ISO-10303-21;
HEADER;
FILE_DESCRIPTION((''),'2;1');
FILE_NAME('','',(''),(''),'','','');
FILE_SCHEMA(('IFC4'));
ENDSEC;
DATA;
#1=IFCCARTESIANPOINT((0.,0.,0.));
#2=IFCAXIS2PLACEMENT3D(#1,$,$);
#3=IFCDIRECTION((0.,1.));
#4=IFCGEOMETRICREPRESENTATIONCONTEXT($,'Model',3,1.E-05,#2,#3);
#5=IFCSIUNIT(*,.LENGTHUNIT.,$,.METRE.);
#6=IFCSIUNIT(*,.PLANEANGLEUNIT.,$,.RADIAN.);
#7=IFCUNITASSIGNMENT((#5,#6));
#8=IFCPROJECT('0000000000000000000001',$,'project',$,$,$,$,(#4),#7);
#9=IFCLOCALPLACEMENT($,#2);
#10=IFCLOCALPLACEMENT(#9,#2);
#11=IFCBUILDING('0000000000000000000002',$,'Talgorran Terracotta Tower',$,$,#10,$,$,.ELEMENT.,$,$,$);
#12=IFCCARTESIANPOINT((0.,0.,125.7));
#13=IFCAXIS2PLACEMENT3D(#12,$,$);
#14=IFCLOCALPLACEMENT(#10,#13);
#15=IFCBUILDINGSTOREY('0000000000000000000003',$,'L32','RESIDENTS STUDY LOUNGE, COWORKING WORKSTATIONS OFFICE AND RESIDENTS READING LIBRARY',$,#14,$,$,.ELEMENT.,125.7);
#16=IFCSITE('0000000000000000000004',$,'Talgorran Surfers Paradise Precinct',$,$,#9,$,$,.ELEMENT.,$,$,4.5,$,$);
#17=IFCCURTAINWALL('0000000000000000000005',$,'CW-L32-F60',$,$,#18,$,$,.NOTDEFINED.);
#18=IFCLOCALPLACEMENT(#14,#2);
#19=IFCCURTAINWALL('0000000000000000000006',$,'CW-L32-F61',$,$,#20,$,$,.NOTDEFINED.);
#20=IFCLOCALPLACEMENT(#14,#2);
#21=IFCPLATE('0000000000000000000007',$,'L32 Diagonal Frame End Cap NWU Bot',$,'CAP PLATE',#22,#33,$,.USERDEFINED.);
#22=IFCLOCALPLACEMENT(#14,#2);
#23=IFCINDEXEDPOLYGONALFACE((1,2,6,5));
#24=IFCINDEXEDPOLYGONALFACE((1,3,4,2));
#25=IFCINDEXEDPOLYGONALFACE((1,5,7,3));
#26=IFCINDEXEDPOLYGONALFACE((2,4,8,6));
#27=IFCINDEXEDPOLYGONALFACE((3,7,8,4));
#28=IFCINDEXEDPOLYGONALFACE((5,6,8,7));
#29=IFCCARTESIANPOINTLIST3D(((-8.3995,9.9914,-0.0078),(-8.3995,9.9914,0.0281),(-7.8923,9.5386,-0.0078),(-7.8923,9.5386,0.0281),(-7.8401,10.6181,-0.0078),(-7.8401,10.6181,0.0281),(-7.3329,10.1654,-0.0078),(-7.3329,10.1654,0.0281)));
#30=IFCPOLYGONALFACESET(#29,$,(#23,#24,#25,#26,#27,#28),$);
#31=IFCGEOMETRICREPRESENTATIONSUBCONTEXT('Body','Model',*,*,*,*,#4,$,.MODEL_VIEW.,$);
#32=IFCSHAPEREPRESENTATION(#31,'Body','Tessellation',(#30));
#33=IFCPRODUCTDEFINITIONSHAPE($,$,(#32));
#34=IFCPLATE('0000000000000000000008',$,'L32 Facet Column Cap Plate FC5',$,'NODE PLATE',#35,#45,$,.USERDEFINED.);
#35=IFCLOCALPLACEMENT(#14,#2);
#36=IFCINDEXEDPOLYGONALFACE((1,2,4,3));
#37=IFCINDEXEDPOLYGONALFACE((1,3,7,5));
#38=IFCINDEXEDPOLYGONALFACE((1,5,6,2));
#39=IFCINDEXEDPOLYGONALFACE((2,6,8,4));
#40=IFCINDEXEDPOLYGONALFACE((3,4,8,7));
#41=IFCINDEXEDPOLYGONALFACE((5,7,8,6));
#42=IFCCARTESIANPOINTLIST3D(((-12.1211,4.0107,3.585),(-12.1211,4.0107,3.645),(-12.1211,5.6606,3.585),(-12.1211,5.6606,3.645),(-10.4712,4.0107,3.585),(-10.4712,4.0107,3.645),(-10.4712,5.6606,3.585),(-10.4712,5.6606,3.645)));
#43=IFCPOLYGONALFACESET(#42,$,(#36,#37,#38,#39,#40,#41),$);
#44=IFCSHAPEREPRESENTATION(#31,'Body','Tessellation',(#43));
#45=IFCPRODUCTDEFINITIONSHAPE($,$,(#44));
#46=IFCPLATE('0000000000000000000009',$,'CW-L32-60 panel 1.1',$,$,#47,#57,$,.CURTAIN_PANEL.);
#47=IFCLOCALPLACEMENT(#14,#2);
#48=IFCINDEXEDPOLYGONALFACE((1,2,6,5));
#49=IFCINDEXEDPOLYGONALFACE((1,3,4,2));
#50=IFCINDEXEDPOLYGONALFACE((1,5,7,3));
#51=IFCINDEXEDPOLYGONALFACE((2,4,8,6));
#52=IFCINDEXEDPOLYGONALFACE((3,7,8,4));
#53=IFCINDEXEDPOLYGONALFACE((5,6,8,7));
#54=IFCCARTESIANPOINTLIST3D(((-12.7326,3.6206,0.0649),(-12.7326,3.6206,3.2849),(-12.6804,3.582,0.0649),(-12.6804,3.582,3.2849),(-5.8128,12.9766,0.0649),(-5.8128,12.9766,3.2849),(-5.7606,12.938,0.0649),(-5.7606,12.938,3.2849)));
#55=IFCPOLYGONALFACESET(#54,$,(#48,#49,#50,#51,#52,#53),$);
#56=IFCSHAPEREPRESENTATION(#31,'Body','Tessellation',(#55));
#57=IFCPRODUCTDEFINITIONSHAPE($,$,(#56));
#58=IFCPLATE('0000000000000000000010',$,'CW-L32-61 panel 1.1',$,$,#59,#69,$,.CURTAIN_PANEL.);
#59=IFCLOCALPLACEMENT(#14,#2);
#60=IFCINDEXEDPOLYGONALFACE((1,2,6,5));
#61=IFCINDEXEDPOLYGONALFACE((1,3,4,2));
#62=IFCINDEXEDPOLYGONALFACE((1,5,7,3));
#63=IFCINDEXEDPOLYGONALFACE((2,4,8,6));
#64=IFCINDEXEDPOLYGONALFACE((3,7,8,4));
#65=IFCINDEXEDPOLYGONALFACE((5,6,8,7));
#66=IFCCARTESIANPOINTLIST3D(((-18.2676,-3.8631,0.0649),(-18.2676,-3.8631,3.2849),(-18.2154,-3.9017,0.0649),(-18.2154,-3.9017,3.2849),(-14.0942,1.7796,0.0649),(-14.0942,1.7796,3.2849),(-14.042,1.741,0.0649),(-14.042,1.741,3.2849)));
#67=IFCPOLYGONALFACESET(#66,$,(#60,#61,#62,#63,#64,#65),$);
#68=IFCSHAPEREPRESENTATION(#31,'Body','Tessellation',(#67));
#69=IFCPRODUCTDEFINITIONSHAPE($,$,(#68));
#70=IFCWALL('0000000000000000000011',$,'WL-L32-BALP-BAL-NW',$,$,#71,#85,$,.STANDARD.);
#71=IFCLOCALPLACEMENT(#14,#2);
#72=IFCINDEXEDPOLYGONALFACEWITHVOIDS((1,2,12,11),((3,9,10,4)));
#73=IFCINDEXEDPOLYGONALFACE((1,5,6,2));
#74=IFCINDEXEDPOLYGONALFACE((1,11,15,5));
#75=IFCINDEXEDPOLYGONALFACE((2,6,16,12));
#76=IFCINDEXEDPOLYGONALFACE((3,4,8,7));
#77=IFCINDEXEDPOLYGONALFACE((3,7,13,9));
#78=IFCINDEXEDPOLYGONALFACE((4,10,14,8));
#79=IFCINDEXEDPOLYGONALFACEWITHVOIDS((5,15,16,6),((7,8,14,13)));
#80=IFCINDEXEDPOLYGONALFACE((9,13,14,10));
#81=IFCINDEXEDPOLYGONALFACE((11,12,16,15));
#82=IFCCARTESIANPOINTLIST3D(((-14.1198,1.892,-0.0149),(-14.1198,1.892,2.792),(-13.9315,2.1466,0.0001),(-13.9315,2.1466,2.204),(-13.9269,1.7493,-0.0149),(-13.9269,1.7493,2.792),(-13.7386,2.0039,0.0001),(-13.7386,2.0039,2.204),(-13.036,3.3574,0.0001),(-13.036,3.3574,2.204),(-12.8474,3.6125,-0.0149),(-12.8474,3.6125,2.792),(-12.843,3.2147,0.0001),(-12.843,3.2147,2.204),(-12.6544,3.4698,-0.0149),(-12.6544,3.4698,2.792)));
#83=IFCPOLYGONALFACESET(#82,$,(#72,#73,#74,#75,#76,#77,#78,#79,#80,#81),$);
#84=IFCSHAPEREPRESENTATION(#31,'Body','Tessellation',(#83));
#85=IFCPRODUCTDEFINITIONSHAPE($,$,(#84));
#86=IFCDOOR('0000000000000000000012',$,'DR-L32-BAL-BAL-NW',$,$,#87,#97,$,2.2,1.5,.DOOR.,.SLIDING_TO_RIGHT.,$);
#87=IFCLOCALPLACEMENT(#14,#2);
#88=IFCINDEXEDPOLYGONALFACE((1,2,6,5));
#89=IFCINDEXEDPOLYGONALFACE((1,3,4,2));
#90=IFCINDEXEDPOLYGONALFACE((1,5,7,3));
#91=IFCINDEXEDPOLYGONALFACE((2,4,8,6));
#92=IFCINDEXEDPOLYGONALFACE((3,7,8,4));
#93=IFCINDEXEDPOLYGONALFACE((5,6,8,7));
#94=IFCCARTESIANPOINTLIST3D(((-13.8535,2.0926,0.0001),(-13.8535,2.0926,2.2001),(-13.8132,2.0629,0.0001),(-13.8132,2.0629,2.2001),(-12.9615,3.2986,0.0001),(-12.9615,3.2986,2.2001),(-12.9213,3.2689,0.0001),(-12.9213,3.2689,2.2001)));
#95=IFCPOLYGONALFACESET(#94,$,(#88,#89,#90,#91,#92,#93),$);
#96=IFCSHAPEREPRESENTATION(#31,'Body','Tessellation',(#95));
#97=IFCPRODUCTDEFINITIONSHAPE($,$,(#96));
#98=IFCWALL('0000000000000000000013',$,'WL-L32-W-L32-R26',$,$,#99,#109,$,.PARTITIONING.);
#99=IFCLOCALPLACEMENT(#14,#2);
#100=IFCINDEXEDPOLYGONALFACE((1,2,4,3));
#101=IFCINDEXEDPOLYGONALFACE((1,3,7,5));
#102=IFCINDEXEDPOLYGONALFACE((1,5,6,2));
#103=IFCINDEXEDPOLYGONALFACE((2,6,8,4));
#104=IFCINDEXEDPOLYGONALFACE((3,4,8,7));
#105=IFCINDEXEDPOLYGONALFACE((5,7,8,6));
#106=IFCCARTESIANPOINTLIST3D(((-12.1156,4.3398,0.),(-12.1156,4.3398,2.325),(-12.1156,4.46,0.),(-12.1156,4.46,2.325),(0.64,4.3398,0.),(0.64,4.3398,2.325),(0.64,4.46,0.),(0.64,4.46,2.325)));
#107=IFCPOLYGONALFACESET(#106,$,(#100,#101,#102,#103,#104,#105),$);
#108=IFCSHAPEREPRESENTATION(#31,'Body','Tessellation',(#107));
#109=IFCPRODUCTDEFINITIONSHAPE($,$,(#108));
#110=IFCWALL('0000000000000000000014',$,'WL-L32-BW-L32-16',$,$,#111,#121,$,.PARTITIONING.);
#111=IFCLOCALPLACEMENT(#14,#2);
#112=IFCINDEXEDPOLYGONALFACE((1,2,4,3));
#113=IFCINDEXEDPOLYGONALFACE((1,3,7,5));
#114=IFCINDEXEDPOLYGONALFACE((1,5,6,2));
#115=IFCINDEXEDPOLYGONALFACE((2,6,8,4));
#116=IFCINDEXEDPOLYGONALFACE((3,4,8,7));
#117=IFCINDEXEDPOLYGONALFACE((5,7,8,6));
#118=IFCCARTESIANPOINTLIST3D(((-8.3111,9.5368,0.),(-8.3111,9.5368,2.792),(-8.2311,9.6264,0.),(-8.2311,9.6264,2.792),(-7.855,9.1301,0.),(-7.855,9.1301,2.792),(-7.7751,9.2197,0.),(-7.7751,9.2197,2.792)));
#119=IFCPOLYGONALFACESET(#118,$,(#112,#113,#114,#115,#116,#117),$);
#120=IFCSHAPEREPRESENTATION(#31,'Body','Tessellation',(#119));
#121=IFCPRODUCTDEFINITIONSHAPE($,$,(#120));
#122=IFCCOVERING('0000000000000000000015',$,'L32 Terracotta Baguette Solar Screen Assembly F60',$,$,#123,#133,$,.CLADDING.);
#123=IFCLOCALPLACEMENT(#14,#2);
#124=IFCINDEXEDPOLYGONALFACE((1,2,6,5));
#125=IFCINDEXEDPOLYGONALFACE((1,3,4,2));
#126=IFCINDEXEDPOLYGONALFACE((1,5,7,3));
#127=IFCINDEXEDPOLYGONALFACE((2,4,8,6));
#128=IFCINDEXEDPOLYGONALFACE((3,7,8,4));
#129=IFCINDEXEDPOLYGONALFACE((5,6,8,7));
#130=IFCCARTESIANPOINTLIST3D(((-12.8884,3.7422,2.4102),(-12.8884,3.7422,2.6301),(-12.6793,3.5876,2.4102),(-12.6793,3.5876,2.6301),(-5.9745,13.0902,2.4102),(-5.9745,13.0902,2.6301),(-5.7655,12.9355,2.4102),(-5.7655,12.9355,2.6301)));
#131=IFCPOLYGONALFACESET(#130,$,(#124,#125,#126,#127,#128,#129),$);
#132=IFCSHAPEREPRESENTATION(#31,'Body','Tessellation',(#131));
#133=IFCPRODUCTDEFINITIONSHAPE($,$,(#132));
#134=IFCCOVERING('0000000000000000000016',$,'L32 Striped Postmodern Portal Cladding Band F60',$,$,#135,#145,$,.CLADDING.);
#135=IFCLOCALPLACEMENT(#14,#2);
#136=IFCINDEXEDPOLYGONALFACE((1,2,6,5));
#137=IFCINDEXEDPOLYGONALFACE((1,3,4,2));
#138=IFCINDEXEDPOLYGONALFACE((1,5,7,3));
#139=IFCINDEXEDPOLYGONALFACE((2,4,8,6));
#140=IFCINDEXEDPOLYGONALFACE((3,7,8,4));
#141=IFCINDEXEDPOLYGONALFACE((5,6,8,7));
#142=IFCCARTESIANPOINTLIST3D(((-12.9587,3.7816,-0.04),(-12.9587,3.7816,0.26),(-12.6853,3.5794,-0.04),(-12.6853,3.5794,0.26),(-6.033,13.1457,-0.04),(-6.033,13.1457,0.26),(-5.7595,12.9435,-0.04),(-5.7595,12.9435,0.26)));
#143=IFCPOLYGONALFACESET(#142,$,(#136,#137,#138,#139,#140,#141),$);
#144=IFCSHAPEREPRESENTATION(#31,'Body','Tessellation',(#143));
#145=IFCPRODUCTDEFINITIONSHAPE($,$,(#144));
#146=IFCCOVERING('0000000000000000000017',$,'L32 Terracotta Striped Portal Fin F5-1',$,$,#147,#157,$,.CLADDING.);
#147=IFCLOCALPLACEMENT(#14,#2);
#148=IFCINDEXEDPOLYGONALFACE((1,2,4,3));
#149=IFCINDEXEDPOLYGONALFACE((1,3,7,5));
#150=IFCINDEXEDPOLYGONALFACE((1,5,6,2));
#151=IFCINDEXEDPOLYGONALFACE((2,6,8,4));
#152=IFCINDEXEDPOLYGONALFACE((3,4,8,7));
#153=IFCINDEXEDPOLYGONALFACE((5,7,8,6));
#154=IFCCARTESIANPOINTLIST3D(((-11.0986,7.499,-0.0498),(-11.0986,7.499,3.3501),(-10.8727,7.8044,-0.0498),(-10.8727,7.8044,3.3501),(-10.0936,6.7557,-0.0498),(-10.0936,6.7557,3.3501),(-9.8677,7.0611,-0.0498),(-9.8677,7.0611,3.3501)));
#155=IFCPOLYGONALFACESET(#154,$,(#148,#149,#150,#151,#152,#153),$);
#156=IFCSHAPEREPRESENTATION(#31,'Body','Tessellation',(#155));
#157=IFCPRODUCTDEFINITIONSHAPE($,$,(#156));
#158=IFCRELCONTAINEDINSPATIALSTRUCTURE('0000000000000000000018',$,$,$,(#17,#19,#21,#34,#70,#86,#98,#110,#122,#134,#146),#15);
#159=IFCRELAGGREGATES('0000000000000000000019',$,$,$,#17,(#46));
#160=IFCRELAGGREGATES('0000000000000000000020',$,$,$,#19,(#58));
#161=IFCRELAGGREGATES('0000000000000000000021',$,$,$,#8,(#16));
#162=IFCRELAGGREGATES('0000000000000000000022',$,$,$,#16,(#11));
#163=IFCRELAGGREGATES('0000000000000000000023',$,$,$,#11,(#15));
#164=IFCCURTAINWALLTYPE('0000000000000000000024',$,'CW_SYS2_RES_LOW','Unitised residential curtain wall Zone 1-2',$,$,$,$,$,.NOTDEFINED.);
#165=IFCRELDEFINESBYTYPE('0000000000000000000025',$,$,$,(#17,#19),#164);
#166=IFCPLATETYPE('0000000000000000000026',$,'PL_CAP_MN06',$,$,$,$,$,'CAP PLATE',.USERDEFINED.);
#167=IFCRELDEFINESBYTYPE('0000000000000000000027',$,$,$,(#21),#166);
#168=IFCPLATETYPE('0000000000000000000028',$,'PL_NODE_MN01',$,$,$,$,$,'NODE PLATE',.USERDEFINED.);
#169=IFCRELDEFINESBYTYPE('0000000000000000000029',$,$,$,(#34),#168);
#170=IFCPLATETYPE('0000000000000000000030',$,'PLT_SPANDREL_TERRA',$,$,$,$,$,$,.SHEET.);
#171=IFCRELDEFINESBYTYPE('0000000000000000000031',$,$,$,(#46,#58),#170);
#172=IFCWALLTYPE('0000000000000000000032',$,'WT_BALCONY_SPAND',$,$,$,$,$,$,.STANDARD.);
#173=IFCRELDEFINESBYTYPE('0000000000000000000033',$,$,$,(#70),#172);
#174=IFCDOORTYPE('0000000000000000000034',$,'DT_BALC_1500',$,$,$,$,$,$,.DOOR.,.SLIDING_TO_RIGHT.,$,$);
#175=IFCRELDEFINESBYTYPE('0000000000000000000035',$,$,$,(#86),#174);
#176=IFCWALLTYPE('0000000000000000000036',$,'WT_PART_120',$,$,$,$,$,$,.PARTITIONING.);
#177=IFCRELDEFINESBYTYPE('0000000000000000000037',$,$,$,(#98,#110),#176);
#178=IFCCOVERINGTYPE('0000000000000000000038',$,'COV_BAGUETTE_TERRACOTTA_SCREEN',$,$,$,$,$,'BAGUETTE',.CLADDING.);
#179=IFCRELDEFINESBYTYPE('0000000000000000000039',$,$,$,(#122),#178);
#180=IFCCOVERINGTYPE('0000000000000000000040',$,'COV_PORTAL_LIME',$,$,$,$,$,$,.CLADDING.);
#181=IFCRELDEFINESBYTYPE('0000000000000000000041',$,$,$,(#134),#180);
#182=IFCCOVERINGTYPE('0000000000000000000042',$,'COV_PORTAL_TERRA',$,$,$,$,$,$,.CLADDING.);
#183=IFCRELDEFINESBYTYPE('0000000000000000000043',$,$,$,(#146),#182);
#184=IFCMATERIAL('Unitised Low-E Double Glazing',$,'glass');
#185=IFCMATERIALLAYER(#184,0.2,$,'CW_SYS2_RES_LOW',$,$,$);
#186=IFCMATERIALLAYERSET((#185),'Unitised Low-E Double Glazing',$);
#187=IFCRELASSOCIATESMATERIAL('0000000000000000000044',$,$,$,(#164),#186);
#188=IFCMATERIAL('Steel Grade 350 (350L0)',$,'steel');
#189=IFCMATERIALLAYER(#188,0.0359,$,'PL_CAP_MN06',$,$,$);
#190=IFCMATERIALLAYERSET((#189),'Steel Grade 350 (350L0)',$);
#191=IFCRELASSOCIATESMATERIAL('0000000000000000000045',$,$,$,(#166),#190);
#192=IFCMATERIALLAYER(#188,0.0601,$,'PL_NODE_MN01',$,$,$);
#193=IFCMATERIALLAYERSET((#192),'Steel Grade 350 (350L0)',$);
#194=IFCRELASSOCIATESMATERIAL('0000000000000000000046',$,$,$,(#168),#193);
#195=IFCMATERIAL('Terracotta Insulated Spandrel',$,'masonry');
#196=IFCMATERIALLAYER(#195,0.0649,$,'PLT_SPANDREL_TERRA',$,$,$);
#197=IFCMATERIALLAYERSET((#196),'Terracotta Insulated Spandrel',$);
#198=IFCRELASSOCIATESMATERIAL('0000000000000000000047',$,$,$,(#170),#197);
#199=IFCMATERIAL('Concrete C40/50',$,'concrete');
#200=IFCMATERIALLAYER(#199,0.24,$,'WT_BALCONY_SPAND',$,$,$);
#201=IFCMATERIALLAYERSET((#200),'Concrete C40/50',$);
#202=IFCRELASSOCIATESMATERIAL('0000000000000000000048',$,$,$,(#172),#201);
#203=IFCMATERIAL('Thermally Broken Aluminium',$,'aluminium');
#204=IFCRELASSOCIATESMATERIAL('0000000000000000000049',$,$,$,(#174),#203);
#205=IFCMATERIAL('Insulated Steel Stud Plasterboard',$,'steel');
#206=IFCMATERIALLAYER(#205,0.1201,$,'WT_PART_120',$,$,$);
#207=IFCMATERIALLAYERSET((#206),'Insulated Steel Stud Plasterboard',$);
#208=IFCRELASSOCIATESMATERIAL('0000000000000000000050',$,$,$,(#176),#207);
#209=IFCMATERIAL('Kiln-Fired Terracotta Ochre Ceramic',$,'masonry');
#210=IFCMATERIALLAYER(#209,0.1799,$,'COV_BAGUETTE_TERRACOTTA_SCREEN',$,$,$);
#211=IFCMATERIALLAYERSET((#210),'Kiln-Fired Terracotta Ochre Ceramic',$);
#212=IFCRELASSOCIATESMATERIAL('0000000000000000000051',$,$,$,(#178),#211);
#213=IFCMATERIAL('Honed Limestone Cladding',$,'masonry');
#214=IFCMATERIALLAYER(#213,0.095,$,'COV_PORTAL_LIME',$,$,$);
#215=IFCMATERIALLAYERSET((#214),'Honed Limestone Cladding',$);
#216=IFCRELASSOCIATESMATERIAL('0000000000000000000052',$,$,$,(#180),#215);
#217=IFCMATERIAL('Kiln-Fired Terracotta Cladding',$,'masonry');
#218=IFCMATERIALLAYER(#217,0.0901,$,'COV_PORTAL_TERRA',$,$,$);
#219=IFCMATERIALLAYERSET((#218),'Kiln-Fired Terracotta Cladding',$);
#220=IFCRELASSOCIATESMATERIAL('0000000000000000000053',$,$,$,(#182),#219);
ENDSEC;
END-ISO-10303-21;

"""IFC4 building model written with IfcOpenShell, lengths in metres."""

from ifc_helpers import new_model, si_unit, direction, frame, frame_2d, origin, origin_2d, place, context, subcontext, project, spatial, rectangle, extrude, source, transform, mapped, material, layer, layer_set, type_object, type_shapes, element, fill, aggregate, save


model = new_model("IFC4")

# Units and contexts
model_context = context("Model", 3, precision=1e-05, world=origin(), true_north=direction((0.0, 1.0)))
body_context = subcontext(model_context, "Body", "Model", "MODEL_VIEW")
ifc_project = project(units=[si_unit("LENGTHUNIT", "METRE"), si_unit("PLANEANGLEUNIT", "RADIAN")], contexts=[model_context])

# Site, building, storey
site_placement = place(None, origin())
site = spatial("IfcSite", under=ifc_project, at=site_placement, Name="Talgorran Surfers Paradise Precinct", CompositionType="ELEMENT", RefElevation=4.5)
building_placement = place(site_placement, origin())
building = spatial("IfcBuilding", under=site, at=building_placement, Name="Talgorran Terracotta Tower", CompositionType="ELEMENT")
storey_placement = place(building_placement, frame((0.0, 0.0, 125.7)))
storey = spatial("IfcBuildingStorey", under=building, at=storey_placement, Name="L32", Description="RESIDENTS STUDY LOUNGE, COWORKING WORKSTATIONS OFFICE AND RESIDENTS READING LIBRARY", CompositionType="ELEMENT", Elevation=125.7)

# Shared definitions
ifc_material_1 = material(Name="Steel Grade 350 (350L0)", Category="steel")

# Curtain wall
ifc_material_2 = material(Name="Unitised Low-E Double Glazing", Category="glass")
ifc_layer_1 = layer(ifc_material_2, 0.2, Name="CW_SYS2_RES_LOW")
ifc_layer_set_1 = layer_set([ifc_layer_1], Name="Unitised Low-E Double Glazing")
curtain_wall_type = type_object("IfcCurtainWallType", Name="CW_SYS2_RES_LOW", Description="Unitised residential curtain wall Zone 1-2", PredefinedType="NOTDEFINED", material=ifc_layer_set_1)
curtain_wall_1_placement = place(storey_placement, origin())
curtain_wall_1 = element("IfcCurtainWall", 1, at=curtain_wall_1_placement, inside=storey, type_object=curtain_wall_type, Name="CW-L32-F60", PredefinedType="NOTDEFINED")

# Curtain wall
curtain_wall_2_placement = place(storey_placement, origin())
curtain_wall_2 = element("IfcCurtainWall", 2, at=curtain_wall_2_placement, inside=storey, type_object=curtain_wall_type, Name="CW-L32-F61", PredefinedType="NOTDEFINED")

# Plates
ifc_layer_2 = layer(ifc_material_1, 0.0359, Name="PL_CAP_MN06")
ifc_layer_set_2 = layer_set([ifc_layer_2], Name="Steel Grade 350 (350L0)")
plate_type_1 = type_object("IfcPlateType", Name="PL_CAP_MN06", ElementType="CAP PLATE", PredefinedType="USERDEFINED", material=ifc_layer_set_2)
plate_1_placement = place(storey_placement, frame((-7.8662, 10.0784, -0.0078), z_axis=(0.0, 0.0, 1.0), x_axis=(0.665882, 0.746057, 0.0)))
element("IfcPlate", 3, at=plate_1_placement, inside=storey, type_object=plate_type_1, Name="L32 Diagonal Frame End Cap NWU Bot", ObjectType="CAP PLATE", PredefinedType="USERDEFINED", context=body_context, shape_type="SweptSolid", body=[
    extrude(rectangle(XDim=0.8401, YDim=0.6799, at=origin_2d()), origin(), (0.0, 0.0, 1.0), 0.0359),
])
ifc_layer_3 = layer(ifc_material_1, 0.0601, Name="PL_NODE_MN01")
ifc_layer_set_3 = layer_set([ifc_layer_3], Name="Steel Grade 350 (350L0)")
plate_type_2 = type_object("IfcPlateType", Name="PL_NODE_MN01", ElementType="NODE PLATE", PredefinedType="USERDEFINED", material=ifc_layer_set_3)
plate_2_placement = place(storey_placement, frame((-11.2961, 4.8357, 3.585), z_axis=(0.0, 0.0, 1.0), x_axis=(1.0, 0.0, 0.0)))
element("IfcPlate", 4, at=plate_2_placement, inside=storey, type_object=plate_type_2, Name="L32 Facet Column Cap Plate FC5", ObjectType="NODE PLATE", PredefinedType="USERDEFINED", context=body_context, shape_type="SweptSolid", body=[
    extrude(rectangle(XDim=1.6499, YDim=1.6499, at=origin_2d()), origin(), (0.0, 0.0, 1.0), 0.0601),
])

# Plates
ifc_material_3 = material(Name="Terracotta Insulated Spandrel", Category="masonry")
ifc_layer_4 = layer(ifc_material_3, 0.0649, Name="PLT_SPANDREL_TERRA")
ifc_layer_set_4 = layer_set([ifc_layer_4], Name="Terracotta Insulated Spandrel")
plate_type_3 = type_object("IfcPlateType", Name="PLT_SPANDREL_TERRA", PredefinedType="SHEET", material=ifc_layer_set_4)
shared_shape_1 = source(origin(), body_context, "Body", "SweptSolid", [
    extrude(rectangle(XDim=11.637, YDim=0.0649, at=origin_2d()), origin(), (0.0, 0.0, 1.0), 3.22),
])
plate_3_placement = place(storey_placement, frame((-9.2466, 8.2793, 0.0649), z_axis=(0.0, 0.0, 1.0), x_axis=(-0.594637, -0.803994, 0.0)))
plate_3 = element("IfcPlate", 5, at=plate_3_placement, type_object=plate_type_3, Name="CW-L32-60 panel 1.1", PredefinedType="CURTAIN_PANEL", context=body_context, shape_type="MappedRepresentation", body=[
    mapped(shared_shape_1, transform((0.0, 0.0, 0.0), scale=1.0)),
])
aggregate(curtain_wall_1, [plate_3])
shared_shape_2 = source(origin(), body_context, "Body", "SweptSolid", [
    extrude(rectangle(XDim=7.0183, YDim=0.0649, at=origin_2d()), origin(), (0.0, 0.0, 1.0), 3.22),
])
type_shapes(plate_type_3, [shared_shape_1, shared_shape_2])
plate_4_placement = place(storey_placement, frame((-16.1548, -1.061, 0.0649), z_axis=(0.0, 0.0, 1.0), x_axis=(-0.594637, -0.803994, 0.0)))
plate_4 = element("IfcPlate", 6, at=plate_4_placement, type_object=plate_type_3, Name="CW-L32-61 panel 1.1", PredefinedType="CURTAIN_PANEL", context=body_context, shape_type="MappedRepresentation", body=[
    mapped(shared_shape_2, transform((0.0, 0.0, 0.0), scale=1.0)),
])
aggregate(curtain_wall_2, [plate_4])

# Wall, opening, door
ifc_material_4 = material(Name="Concrete C40/50", Category="concrete")
ifc_layer_5 = layer(ifc_material_4, 0.24, Name="WT_BALCONY_SPAND")
ifc_layer_set_5 = layer_set([ifc_layer_5], Name="Concrete C40/50")
wall_type_1 = type_object("IfcWallType", Name="WT_BALCONY_SPAND", PredefinedType="STANDARD", material=ifc_layer_set_5)
wall_1_placement = place(storey_placement, frame((-12.751, 3.541, -0.0149), z_axis=(0.0, 0.0, 1.0), x_axis=(-0.594638, -0.803994, 0.0)))
wall_1 = element("IfcWall", 7, at=wall_1_placement, inside=storey, type_object=wall_type_1, Name="WL-L32-BALP-BAL-NW", PredefinedType="STANDARD", context=body_context, shape_type="SweptSolid", body=[
    extrude(rectangle(XDim=2.1399, YDim=0.24, at=frame_2d((1.0698, 0.0))), origin(), (0.0, 0.0, 1.0), 2.8069),
])
opening_placement = place(wall_1_placement, frame((0.3201, 0.0, 0.0149)))
opening = element("IfcOpeningElement", 8, at=opening_placement, cuts=wall_1, PredefinedType="OPENING", context=body_context, shape_type="SweptSolid", body=[
    extrude(rectangle(XDim=1.506, YDim=2.204, at=frame_2d((0.75, 1.1021))), frame((0.0, 0.1299, 0.0), z_axis=(0.0, -1.0, 0.0), x_axis=(1.0, 0.0, 0.0)), (0.0, 0.0, 1.0), 0.26),
])
ifc_material_5 = material(Name="Thermally Broken Aluminium", Category="aluminium")
door_type = type_object("IfcDoorType", Name="DT_BALC_1500", OperationType="SLIDING_TO_RIGHT", PredefinedType="DOOR", material=ifc_material_5)
door_placement = place(opening_placement, origin())
door = element("IfcDoor", 9, at=door_placement, inside=storey, type_object=door_type, Name="DR-L32-BAL-BAL-NW", OperationType="SLIDING_TO_RIGHT", OverallHeight=2.2, OverallWidth=1.5, PredefinedType="DOOR", context=body_context, shape_type="SweptSolid", body=[
    extrude(rectangle(XDim=1.5, YDim=2.2, at=frame_2d((0.75, 1.1001))), frame((0.0, 0.0249, 0.0), z_axis=(0.0, -1.0, 0.0), x_axis=(1.0, 0.0, 0.0)), (0.0, 0.0, 1.0), 0.05),
])
fill(opening, door)

# Walls
ifc_material_6 = material(Name="Insulated Steel Stud Plasterboard", Category="steel")
ifc_layer_6 = layer(ifc_material_6, 0.1201, Name="WT_PART_120")
ifc_layer_set_6 = layer_set([ifc_layer_6], Name="Insulated Steel Stud Plasterboard")
wall_type_2 = type_object("IfcWallType", Name="WT_PART_120", PredefinedType="PARTITIONING", material=ifc_layer_set_6)
wall_2_placement = place(storey_placement, frame((-12.1157, 4.3999, 0.0), z_axis=(0.0, 0.0, 1.0), x_axis=(1.0, 0.0, 0.0)))
element("IfcWall", 10, at=wall_2_placement, inside=storey, type_object=wall_type_2, Name="WL-L32-W-L32-R26", PredefinedType="PARTITIONING", context=body_context, shape_type="SweptSolid", body=[
    extrude(rectangle(XDim=12.7556, YDim=0.1201, at=frame_2d((6.3779, 0.0))), origin(), (0.0, 0.0, 1.0), 2.325),
])
wall_3_placement = place(storey_placement, frame((-7.8149, 9.1748, 0.0), z_axis=(0.0, 0.0, 1.0), x_axis=(-0.746306, 0.665603, 0.0)))
element("IfcWall", 11, at=wall_3_placement, inside=storey, type_object=wall_type_2, Name="WL-L32-BW-L32-16", PredefinedType="PARTITIONING", context=body_context, shape_type="SweptSolid", body=[
    extrude(rectangle(XDim=0.6111, YDim=0.1201, at=frame_2d((0.3057, 0.0))), origin(), (0.0, 0.0, 1.0), 2.792),
])

# Coverings
ifc_material_7 = material(Name="Kiln-Fired Terracotta Ochre Ceramic", Category="masonry")
ifc_layer_7 = layer(ifc_material_7, 0.1799, Name="COV_BAGUETTE_TERRACOTTA_SCREEN")
ifc_layer_set_7 = layer_set([ifc_layer_7], Name="Kiln-Fired Terracotta Ochre Ceramic")
covering_type_1 = type_object("IfcCoveringType", Name="COV_BAGUETTE_TERRACOTTA_SCREEN", ElementType="BAGUETTE", PredefinedType="CLADDING", material=ifc_layer_set_7)
covering_1_placement = place(storey_placement, frame((-9.3269, 8.3389, 2.4102), z_axis=(0.0, 0.0, 1.0), x_axis=(-0.59464, -0.803992, 0.0)))
element("IfcCovering", 12, at=covering_1_placement, inside=storey, type_object=covering_type_1, Name="L32 Terracotta Baguette Solar Screen Assembly F60", PredefinedType="CLADDING", context=body_context, shape_type="SweptSolid", body=[
    extrude(rectangle(XDim=11.627, YDim=0.26, at=origin_2d()), origin(), (0.0, 0.0, 1.0), 0.22),
])
ifc_material_8 = material(Name="Honed Limestone Cladding", Category="masonry")
ifc_layer_8 = layer(ifc_material_8, 0.095, Name="COV_PORTAL_LIME")
ifc_layer_set_8 = layer_set([ifc_layer_8], Name="Honed Limestone Cladding")
covering_type_2 = type_object("IfcCoveringType", Name="COV_PORTAL_LIME", PredefinedType="CLADDING", material=ifc_layer_set_8)
covering_2_placement = place(storey_placement, frame((-9.3591, 8.3625, -0.04), z_axis=(0.0, 0.0, 1.0), x_axis=(-0.59464, -0.803992, 0.0)))
element("IfcCovering", 13, at=covering_2_placement, inside=storey, type_object=covering_type_2, Name="L32 Striped Postmodern Portal Cladding Band F60", PredefinedType="CLADDING", context=body_context, shape_type="SweptSolid", body=[
    extrude(rectangle(XDim=11.647, YDim=0.3401, at=origin_2d()), origin(), (0.0, 0.0, 1.0), 0.3),
])
ifc_material_9 = material(Name="Kiln-Fired Terracotta Cladding", Category="masonry")
ifc_layer_9 = layer(ifc_material_9, 0.0901, Name="COV_PORTAL_TERRA")
ifc_layer_set_9 = layer_set([ifc_layer_9], Name="Kiln-Fired Terracotta Cladding")
covering_type_3 = type_object("IfcCoveringType", Name="COV_PORTAL_TERRA", PredefinedType="CLADDING", material=ifc_layer_set_9)
covering_3_placement = place(storey_placement, frame((-10.4832, 7.28, -0.0498), z_axis=(0.0, 0.0, 1.0), x_axis=(-0.59464, -0.803992, 0.0)))
element("IfcCovering", 14, at=covering_3_placement, inside=storey, type_object=covering_type_3, Name="L32 Terracotta Striped Portal Fin F5-1", PredefinedType="CLADDING", context=body_context, shape_type="SweptSolid", body=[
    extrude(rectangle(XDim=0.3799, YDim=1.25, at=origin_2d()), origin(), (0.0, 0.0, 1.0), 3.3999),
])

save(model, "model.ifc")
